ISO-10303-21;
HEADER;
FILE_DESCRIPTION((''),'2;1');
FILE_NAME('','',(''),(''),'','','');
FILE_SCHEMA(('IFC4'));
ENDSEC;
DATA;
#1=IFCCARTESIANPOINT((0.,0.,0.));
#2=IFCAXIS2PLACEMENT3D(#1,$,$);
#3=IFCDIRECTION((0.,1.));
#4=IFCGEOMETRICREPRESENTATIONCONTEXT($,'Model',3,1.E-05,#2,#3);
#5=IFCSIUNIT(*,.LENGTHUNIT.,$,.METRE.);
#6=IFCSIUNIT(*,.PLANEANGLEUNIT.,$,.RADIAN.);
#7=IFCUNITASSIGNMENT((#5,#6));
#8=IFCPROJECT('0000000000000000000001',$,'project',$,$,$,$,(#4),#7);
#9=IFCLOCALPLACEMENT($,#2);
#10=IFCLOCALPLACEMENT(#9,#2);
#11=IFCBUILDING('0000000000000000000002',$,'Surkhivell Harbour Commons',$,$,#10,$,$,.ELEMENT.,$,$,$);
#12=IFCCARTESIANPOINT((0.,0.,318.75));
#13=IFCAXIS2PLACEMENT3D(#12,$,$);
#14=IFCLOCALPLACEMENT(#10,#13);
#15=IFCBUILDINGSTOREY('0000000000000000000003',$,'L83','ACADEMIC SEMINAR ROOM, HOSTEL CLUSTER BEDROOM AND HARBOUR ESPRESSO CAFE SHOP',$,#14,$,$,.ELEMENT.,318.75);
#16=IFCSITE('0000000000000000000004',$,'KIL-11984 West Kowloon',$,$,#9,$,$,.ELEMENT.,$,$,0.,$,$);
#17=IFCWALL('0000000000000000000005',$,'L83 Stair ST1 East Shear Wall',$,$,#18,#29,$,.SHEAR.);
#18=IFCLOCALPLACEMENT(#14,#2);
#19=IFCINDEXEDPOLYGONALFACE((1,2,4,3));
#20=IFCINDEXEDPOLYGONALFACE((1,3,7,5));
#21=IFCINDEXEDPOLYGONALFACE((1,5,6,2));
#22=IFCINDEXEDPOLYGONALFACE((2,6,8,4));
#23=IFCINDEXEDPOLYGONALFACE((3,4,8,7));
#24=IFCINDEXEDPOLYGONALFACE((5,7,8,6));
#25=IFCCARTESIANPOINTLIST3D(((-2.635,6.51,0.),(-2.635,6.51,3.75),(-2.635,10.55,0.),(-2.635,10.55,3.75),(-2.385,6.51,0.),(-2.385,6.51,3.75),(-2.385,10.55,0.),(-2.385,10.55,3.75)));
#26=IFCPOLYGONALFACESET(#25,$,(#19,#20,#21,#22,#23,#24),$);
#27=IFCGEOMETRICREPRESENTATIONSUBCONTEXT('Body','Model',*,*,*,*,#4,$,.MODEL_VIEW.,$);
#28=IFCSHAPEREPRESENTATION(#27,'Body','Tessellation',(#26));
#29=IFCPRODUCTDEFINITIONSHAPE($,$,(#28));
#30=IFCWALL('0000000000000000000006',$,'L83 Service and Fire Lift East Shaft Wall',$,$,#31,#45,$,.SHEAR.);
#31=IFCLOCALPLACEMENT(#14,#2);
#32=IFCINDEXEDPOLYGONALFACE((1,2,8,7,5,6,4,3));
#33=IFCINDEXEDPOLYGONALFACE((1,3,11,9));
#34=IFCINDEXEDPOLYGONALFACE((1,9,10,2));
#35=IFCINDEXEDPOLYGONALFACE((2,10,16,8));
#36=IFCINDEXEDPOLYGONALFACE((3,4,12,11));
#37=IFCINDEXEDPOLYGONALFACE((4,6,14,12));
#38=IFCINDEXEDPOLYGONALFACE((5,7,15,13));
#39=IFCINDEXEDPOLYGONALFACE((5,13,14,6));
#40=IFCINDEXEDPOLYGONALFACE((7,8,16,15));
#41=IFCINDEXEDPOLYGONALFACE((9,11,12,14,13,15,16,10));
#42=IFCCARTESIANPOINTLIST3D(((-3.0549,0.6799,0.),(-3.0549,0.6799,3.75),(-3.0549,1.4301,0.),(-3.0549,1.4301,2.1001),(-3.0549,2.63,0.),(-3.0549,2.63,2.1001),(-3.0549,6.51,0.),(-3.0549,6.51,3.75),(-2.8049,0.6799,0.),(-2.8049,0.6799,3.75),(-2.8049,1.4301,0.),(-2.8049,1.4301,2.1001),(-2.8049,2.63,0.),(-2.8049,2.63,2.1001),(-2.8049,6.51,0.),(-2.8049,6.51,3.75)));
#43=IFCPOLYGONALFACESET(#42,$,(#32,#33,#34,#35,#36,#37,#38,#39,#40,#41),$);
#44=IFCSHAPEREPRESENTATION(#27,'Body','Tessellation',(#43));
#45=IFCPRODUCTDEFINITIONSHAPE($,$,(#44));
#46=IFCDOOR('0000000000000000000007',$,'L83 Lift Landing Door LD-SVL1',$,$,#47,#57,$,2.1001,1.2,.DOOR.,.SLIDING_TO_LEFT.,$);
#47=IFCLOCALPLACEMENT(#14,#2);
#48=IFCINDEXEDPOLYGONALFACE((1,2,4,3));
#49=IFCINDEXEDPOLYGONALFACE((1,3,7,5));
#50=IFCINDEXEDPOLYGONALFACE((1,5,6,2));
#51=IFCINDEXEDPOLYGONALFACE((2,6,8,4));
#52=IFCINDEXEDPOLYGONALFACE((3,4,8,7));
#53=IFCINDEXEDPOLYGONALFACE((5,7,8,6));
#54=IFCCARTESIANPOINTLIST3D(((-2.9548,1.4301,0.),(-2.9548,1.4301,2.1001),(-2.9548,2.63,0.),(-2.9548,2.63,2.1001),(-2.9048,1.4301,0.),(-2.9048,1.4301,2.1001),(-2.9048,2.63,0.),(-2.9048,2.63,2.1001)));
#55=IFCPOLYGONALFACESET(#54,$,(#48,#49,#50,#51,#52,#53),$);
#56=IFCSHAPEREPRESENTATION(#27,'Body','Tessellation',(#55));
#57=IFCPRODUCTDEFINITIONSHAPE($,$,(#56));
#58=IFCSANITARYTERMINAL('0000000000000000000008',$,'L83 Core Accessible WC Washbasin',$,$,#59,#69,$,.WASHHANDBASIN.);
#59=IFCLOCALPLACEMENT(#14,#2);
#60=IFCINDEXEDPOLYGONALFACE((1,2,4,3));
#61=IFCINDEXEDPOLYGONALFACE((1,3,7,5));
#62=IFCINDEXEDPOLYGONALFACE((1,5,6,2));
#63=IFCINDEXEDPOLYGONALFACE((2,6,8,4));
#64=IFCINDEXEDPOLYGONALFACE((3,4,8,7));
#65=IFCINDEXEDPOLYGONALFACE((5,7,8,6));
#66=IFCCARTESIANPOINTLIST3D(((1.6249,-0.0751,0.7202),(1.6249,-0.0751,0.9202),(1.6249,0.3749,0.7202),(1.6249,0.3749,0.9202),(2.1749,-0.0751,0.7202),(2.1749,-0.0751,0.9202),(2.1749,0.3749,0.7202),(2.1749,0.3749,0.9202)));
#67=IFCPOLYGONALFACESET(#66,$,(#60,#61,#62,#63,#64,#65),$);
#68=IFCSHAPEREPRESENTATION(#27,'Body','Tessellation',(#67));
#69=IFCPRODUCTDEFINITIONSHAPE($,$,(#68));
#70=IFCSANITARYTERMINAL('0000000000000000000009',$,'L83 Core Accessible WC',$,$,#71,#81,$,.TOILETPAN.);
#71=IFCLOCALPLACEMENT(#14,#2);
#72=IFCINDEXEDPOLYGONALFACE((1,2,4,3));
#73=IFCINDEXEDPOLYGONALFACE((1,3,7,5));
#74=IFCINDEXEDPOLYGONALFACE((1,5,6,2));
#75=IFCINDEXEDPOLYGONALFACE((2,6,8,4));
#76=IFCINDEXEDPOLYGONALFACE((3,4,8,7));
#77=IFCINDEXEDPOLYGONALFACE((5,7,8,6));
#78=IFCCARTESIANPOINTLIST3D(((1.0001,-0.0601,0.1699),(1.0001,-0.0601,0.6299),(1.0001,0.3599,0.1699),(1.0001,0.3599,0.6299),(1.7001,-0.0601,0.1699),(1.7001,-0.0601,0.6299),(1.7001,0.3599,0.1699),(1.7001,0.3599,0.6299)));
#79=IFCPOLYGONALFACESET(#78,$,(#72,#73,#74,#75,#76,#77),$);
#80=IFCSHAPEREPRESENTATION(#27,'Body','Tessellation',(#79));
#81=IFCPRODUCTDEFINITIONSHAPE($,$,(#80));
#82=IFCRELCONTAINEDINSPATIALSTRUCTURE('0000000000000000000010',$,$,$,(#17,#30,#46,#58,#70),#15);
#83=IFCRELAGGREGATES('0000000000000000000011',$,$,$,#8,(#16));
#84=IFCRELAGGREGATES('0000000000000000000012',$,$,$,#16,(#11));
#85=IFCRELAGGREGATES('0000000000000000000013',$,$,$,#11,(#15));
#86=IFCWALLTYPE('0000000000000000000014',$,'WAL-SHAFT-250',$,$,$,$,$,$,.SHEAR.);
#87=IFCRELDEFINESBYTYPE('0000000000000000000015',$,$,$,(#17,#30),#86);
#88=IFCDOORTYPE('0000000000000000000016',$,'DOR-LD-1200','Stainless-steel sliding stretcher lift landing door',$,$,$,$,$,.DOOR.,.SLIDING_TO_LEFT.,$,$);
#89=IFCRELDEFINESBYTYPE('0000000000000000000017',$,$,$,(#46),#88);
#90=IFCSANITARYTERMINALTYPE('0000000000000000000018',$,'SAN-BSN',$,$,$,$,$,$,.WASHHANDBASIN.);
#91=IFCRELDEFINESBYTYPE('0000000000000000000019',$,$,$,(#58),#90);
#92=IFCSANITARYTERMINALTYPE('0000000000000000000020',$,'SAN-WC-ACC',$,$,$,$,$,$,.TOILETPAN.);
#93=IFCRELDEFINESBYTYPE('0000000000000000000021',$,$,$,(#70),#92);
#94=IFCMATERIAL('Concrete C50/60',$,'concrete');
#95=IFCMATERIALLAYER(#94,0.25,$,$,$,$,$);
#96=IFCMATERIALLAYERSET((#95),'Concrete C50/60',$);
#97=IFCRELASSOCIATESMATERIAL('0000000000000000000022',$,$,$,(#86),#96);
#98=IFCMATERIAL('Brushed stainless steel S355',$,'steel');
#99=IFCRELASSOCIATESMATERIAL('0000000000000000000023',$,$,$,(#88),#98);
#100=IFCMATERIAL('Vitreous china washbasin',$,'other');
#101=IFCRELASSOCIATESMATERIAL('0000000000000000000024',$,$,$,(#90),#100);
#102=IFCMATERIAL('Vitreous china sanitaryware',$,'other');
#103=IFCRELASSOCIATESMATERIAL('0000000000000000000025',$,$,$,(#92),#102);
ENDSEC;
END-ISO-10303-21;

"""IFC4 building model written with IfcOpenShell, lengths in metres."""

from ifc_helpers import new_model, si_unit, direction, frame, frame_2d, origin, origin_2d, place, context, subcontext, project, spatial, rectangle, extrude, material, layer, layer_set, type_object, element, fill, save


model = new_model("IFC4")

# Units and contexts
model_context = context("Model", 3, precision=1e-05, world=origin(), true_north=direction((0.0, 1.0)))
body_context = subcontext(model_context, "Body", "Model", "MODEL_VIEW")
ifc_project = project(units=[si_unit("LENGTHUNIT", "METRE"), si_unit("PLANEANGLEUNIT", "RADIAN")], contexts=[model_context])

# Site, building, storey
site_placement = place(None, origin())
site = spatial("IfcSite", under=ifc_project, at=site_placement, Name="KIL-11984 West Kowloon", CompositionType="ELEMENT", RefElevation=0.0)
building_placement = place(site_placement, origin())
building = spatial("IfcBuilding", under=site, at=building_placement, Name="Surkhivell Harbour Commons", CompositionType="ELEMENT")
storey_placement = place(building_placement, frame((0.0, 0.0, 318.75)))
storey = spatial("IfcBuildingStorey", under=building, at=storey_placement, Name="L83", Description="ACADEMIC SEMINAR ROOM, HOSTEL CLUSTER BEDROOM AND HARBOUR ESPRESSO CAFE SHOP", CompositionType="ELEMENT", Elevation=318.75)

# Shared definitions
ifc_material_1 = material(Name="Concrete C50/60", Category="concrete")

# Wall
ifc_layer_1 = layer(ifc_material_1, 0.25)
ifc_layer_set_1 = layer_set([ifc_layer_1], Name="Concrete C50/60")
wall_type_1 = type_object("IfcWallType", Name="WAL-SHAFT-250", PredefinedType="SHEAR", material=ifc_layer_set_1)
wall_1_placement = place(storey_placement, frame((-2.51, 6.51, 0.0), z_axis=(0.0, 0.0, 1.0), x_axis=(0.0, 1.0, 0.0)))
element("IfcWall", 1, at=wall_1_placement, inside=storey, type_object=wall_type_1, Name="L83 Stair ST1 East Shear Wall", PredefinedType="SHEAR", context=body_context, shape_type="SweptSolid", body=[
    extrude(rectangle(XDim=4.04, YDim=0.25, at=frame_2d((2.02, 0.0))), origin(), (0.0, 0.0, 1.0), 3.75),
])

# Wall, opening, door
wall_2_placement = place(storey_placement, frame((-2.9299, 0.6799, 0.0), z_axis=(0.0, 0.0, 1.0), x_axis=(0.0, 1.0, 0.0)))
wall_2 = element("IfcWall", 2, at=wall_2_placement, inside=storey, type_object=wall_type_1, Name="L83 Service and Fire Lift East Shaft Wall", PredefinedType="SHEAR", context=body_context, shape_type="SweptSolid", body=[
    extrude(rectangle(XDim=5.8301, YDim=0.25, at=frame_2d((2.915, 0.0))), origin(), (0.0, 0.0, 1.0), 3.75),
])
opening_1_placement = place(wall_2_placement, frame((0.75, 0.0, 0.0)))
opening_1 = element("IfcOpeningElement", 3, at=opening_1_placement, cuts=wall_2, PredefinedType="OPENING", context=body_context, shape_type="SweptSolid", body=[
    extrude(rectangle(XDim=1.2, YDim=2.1001, at=frame_2d((0.6001, 1.05))), frame((0.0, 0.135, 0.0), z_axis=(0.0, -1.0, 0.0), x_axis=(1.0, 0.0, 0.0)), (0.0, 0.0, 1.0), 0.27),
])
ifc_material_2 = material(Name="Brushed stainless steel S355", Category="steel")
door_type_1 = type_object("IfcDoorType", Name="DOR-LD-1200", Description="Stainless-steel sliding stretcher lift landing door", OperationType="SLIDING_TO_LEFT", PredefinedType="DOOR", material=ifc_material_2)
door_1_placement = place(opening_1_placement, origin())
door_1 = element("IfcDoor", 4, at=door_1_placement, inside=storey, type_object=door_type_1, Name="L83 Lift Landing Door LD-SVL1", OperationType="SLIDING_TO_LEFT", OverallHeight=2.1001, OverallWidth=1.2, PredefinedType="DOOR", context=body_context, shape_type="SweptSolid", body=[
    extrude(rectangle(XDim=1.2, YDim=2.1001, at=frame_2d((0.6001, 1.05))), frame((0.0, 0.0249, 0.0), z_axis=(0.0, -1.0, 0.0), x_axis=(1.0, 0.0, 0.0)), (0.0, 0.0, 1.0), 0.05),
])
fill(opening_1, door_1)

# Sanitary terminals
ifc_material_3 = material(Name="Vitreous china washbasin", Category="other")
sanitary_terminal_type_1 = type_object("IfcSanitaryTerminalType", Name="SAN-BSN", PredefinedType="WASHHANDBASIN", material=ifc_material_3)
sanitary_terminal_1_placement = place(storey_placement, frame((1.8999, 0.1499, 0.7202), z_axis=(0.0, 0.0, 1.0), x_axis=(1.0, 0.0, 0.0)))
element("IfcSanitaryTerminal", 5, at=sanitary_terminal_1_placement, inside=storey, type_object=sanitary_terminal_type_1, Name="L83 Core Accessible WC Washbasin", PredefinedType="WASHHANDBASIN", context=body_context, shape_type="SweptSolid", body=[
    extrude(rectangle(XDim=0.55, YDim=0.45, at=origin_2d()), origin(), (0.0, 0.0, 1.0), 0.2),
])
ifc_material_4 = material(Name="Vitreous china sanitaryware", Category="other")
sanitary_terminal_type_2 = type_object("IfcSanitaryTerminalType", Name="SAN-WC-ACC", PredefinedType="TOILETPAN", material=ifc_material_4)
sanitary_terminal_2_placement = place(storey_placement, frame((1.3501, 0.1499, 0.1699), z_axis=(0.0, 0.0, 1.0), x_axis=(1.0, 0.0, 0.0)))
element("IfcSanitaryTerminal", 6, at=sanitary_terminal_2_placement, inside=storey, type_object=sanitary_terminal_type_2, Name="L83 Core Accessible WC", PredefinedType="TOILETPAN", context=body_context, shape_type="SweptSolid", body=[
    extrude(rectangle(XDim=0.7, YDim=0.4199, at=origin_2d()), origin(), (0.0, 0.0, 1.0), 0.46),
])

save(model, "model.ifc")
